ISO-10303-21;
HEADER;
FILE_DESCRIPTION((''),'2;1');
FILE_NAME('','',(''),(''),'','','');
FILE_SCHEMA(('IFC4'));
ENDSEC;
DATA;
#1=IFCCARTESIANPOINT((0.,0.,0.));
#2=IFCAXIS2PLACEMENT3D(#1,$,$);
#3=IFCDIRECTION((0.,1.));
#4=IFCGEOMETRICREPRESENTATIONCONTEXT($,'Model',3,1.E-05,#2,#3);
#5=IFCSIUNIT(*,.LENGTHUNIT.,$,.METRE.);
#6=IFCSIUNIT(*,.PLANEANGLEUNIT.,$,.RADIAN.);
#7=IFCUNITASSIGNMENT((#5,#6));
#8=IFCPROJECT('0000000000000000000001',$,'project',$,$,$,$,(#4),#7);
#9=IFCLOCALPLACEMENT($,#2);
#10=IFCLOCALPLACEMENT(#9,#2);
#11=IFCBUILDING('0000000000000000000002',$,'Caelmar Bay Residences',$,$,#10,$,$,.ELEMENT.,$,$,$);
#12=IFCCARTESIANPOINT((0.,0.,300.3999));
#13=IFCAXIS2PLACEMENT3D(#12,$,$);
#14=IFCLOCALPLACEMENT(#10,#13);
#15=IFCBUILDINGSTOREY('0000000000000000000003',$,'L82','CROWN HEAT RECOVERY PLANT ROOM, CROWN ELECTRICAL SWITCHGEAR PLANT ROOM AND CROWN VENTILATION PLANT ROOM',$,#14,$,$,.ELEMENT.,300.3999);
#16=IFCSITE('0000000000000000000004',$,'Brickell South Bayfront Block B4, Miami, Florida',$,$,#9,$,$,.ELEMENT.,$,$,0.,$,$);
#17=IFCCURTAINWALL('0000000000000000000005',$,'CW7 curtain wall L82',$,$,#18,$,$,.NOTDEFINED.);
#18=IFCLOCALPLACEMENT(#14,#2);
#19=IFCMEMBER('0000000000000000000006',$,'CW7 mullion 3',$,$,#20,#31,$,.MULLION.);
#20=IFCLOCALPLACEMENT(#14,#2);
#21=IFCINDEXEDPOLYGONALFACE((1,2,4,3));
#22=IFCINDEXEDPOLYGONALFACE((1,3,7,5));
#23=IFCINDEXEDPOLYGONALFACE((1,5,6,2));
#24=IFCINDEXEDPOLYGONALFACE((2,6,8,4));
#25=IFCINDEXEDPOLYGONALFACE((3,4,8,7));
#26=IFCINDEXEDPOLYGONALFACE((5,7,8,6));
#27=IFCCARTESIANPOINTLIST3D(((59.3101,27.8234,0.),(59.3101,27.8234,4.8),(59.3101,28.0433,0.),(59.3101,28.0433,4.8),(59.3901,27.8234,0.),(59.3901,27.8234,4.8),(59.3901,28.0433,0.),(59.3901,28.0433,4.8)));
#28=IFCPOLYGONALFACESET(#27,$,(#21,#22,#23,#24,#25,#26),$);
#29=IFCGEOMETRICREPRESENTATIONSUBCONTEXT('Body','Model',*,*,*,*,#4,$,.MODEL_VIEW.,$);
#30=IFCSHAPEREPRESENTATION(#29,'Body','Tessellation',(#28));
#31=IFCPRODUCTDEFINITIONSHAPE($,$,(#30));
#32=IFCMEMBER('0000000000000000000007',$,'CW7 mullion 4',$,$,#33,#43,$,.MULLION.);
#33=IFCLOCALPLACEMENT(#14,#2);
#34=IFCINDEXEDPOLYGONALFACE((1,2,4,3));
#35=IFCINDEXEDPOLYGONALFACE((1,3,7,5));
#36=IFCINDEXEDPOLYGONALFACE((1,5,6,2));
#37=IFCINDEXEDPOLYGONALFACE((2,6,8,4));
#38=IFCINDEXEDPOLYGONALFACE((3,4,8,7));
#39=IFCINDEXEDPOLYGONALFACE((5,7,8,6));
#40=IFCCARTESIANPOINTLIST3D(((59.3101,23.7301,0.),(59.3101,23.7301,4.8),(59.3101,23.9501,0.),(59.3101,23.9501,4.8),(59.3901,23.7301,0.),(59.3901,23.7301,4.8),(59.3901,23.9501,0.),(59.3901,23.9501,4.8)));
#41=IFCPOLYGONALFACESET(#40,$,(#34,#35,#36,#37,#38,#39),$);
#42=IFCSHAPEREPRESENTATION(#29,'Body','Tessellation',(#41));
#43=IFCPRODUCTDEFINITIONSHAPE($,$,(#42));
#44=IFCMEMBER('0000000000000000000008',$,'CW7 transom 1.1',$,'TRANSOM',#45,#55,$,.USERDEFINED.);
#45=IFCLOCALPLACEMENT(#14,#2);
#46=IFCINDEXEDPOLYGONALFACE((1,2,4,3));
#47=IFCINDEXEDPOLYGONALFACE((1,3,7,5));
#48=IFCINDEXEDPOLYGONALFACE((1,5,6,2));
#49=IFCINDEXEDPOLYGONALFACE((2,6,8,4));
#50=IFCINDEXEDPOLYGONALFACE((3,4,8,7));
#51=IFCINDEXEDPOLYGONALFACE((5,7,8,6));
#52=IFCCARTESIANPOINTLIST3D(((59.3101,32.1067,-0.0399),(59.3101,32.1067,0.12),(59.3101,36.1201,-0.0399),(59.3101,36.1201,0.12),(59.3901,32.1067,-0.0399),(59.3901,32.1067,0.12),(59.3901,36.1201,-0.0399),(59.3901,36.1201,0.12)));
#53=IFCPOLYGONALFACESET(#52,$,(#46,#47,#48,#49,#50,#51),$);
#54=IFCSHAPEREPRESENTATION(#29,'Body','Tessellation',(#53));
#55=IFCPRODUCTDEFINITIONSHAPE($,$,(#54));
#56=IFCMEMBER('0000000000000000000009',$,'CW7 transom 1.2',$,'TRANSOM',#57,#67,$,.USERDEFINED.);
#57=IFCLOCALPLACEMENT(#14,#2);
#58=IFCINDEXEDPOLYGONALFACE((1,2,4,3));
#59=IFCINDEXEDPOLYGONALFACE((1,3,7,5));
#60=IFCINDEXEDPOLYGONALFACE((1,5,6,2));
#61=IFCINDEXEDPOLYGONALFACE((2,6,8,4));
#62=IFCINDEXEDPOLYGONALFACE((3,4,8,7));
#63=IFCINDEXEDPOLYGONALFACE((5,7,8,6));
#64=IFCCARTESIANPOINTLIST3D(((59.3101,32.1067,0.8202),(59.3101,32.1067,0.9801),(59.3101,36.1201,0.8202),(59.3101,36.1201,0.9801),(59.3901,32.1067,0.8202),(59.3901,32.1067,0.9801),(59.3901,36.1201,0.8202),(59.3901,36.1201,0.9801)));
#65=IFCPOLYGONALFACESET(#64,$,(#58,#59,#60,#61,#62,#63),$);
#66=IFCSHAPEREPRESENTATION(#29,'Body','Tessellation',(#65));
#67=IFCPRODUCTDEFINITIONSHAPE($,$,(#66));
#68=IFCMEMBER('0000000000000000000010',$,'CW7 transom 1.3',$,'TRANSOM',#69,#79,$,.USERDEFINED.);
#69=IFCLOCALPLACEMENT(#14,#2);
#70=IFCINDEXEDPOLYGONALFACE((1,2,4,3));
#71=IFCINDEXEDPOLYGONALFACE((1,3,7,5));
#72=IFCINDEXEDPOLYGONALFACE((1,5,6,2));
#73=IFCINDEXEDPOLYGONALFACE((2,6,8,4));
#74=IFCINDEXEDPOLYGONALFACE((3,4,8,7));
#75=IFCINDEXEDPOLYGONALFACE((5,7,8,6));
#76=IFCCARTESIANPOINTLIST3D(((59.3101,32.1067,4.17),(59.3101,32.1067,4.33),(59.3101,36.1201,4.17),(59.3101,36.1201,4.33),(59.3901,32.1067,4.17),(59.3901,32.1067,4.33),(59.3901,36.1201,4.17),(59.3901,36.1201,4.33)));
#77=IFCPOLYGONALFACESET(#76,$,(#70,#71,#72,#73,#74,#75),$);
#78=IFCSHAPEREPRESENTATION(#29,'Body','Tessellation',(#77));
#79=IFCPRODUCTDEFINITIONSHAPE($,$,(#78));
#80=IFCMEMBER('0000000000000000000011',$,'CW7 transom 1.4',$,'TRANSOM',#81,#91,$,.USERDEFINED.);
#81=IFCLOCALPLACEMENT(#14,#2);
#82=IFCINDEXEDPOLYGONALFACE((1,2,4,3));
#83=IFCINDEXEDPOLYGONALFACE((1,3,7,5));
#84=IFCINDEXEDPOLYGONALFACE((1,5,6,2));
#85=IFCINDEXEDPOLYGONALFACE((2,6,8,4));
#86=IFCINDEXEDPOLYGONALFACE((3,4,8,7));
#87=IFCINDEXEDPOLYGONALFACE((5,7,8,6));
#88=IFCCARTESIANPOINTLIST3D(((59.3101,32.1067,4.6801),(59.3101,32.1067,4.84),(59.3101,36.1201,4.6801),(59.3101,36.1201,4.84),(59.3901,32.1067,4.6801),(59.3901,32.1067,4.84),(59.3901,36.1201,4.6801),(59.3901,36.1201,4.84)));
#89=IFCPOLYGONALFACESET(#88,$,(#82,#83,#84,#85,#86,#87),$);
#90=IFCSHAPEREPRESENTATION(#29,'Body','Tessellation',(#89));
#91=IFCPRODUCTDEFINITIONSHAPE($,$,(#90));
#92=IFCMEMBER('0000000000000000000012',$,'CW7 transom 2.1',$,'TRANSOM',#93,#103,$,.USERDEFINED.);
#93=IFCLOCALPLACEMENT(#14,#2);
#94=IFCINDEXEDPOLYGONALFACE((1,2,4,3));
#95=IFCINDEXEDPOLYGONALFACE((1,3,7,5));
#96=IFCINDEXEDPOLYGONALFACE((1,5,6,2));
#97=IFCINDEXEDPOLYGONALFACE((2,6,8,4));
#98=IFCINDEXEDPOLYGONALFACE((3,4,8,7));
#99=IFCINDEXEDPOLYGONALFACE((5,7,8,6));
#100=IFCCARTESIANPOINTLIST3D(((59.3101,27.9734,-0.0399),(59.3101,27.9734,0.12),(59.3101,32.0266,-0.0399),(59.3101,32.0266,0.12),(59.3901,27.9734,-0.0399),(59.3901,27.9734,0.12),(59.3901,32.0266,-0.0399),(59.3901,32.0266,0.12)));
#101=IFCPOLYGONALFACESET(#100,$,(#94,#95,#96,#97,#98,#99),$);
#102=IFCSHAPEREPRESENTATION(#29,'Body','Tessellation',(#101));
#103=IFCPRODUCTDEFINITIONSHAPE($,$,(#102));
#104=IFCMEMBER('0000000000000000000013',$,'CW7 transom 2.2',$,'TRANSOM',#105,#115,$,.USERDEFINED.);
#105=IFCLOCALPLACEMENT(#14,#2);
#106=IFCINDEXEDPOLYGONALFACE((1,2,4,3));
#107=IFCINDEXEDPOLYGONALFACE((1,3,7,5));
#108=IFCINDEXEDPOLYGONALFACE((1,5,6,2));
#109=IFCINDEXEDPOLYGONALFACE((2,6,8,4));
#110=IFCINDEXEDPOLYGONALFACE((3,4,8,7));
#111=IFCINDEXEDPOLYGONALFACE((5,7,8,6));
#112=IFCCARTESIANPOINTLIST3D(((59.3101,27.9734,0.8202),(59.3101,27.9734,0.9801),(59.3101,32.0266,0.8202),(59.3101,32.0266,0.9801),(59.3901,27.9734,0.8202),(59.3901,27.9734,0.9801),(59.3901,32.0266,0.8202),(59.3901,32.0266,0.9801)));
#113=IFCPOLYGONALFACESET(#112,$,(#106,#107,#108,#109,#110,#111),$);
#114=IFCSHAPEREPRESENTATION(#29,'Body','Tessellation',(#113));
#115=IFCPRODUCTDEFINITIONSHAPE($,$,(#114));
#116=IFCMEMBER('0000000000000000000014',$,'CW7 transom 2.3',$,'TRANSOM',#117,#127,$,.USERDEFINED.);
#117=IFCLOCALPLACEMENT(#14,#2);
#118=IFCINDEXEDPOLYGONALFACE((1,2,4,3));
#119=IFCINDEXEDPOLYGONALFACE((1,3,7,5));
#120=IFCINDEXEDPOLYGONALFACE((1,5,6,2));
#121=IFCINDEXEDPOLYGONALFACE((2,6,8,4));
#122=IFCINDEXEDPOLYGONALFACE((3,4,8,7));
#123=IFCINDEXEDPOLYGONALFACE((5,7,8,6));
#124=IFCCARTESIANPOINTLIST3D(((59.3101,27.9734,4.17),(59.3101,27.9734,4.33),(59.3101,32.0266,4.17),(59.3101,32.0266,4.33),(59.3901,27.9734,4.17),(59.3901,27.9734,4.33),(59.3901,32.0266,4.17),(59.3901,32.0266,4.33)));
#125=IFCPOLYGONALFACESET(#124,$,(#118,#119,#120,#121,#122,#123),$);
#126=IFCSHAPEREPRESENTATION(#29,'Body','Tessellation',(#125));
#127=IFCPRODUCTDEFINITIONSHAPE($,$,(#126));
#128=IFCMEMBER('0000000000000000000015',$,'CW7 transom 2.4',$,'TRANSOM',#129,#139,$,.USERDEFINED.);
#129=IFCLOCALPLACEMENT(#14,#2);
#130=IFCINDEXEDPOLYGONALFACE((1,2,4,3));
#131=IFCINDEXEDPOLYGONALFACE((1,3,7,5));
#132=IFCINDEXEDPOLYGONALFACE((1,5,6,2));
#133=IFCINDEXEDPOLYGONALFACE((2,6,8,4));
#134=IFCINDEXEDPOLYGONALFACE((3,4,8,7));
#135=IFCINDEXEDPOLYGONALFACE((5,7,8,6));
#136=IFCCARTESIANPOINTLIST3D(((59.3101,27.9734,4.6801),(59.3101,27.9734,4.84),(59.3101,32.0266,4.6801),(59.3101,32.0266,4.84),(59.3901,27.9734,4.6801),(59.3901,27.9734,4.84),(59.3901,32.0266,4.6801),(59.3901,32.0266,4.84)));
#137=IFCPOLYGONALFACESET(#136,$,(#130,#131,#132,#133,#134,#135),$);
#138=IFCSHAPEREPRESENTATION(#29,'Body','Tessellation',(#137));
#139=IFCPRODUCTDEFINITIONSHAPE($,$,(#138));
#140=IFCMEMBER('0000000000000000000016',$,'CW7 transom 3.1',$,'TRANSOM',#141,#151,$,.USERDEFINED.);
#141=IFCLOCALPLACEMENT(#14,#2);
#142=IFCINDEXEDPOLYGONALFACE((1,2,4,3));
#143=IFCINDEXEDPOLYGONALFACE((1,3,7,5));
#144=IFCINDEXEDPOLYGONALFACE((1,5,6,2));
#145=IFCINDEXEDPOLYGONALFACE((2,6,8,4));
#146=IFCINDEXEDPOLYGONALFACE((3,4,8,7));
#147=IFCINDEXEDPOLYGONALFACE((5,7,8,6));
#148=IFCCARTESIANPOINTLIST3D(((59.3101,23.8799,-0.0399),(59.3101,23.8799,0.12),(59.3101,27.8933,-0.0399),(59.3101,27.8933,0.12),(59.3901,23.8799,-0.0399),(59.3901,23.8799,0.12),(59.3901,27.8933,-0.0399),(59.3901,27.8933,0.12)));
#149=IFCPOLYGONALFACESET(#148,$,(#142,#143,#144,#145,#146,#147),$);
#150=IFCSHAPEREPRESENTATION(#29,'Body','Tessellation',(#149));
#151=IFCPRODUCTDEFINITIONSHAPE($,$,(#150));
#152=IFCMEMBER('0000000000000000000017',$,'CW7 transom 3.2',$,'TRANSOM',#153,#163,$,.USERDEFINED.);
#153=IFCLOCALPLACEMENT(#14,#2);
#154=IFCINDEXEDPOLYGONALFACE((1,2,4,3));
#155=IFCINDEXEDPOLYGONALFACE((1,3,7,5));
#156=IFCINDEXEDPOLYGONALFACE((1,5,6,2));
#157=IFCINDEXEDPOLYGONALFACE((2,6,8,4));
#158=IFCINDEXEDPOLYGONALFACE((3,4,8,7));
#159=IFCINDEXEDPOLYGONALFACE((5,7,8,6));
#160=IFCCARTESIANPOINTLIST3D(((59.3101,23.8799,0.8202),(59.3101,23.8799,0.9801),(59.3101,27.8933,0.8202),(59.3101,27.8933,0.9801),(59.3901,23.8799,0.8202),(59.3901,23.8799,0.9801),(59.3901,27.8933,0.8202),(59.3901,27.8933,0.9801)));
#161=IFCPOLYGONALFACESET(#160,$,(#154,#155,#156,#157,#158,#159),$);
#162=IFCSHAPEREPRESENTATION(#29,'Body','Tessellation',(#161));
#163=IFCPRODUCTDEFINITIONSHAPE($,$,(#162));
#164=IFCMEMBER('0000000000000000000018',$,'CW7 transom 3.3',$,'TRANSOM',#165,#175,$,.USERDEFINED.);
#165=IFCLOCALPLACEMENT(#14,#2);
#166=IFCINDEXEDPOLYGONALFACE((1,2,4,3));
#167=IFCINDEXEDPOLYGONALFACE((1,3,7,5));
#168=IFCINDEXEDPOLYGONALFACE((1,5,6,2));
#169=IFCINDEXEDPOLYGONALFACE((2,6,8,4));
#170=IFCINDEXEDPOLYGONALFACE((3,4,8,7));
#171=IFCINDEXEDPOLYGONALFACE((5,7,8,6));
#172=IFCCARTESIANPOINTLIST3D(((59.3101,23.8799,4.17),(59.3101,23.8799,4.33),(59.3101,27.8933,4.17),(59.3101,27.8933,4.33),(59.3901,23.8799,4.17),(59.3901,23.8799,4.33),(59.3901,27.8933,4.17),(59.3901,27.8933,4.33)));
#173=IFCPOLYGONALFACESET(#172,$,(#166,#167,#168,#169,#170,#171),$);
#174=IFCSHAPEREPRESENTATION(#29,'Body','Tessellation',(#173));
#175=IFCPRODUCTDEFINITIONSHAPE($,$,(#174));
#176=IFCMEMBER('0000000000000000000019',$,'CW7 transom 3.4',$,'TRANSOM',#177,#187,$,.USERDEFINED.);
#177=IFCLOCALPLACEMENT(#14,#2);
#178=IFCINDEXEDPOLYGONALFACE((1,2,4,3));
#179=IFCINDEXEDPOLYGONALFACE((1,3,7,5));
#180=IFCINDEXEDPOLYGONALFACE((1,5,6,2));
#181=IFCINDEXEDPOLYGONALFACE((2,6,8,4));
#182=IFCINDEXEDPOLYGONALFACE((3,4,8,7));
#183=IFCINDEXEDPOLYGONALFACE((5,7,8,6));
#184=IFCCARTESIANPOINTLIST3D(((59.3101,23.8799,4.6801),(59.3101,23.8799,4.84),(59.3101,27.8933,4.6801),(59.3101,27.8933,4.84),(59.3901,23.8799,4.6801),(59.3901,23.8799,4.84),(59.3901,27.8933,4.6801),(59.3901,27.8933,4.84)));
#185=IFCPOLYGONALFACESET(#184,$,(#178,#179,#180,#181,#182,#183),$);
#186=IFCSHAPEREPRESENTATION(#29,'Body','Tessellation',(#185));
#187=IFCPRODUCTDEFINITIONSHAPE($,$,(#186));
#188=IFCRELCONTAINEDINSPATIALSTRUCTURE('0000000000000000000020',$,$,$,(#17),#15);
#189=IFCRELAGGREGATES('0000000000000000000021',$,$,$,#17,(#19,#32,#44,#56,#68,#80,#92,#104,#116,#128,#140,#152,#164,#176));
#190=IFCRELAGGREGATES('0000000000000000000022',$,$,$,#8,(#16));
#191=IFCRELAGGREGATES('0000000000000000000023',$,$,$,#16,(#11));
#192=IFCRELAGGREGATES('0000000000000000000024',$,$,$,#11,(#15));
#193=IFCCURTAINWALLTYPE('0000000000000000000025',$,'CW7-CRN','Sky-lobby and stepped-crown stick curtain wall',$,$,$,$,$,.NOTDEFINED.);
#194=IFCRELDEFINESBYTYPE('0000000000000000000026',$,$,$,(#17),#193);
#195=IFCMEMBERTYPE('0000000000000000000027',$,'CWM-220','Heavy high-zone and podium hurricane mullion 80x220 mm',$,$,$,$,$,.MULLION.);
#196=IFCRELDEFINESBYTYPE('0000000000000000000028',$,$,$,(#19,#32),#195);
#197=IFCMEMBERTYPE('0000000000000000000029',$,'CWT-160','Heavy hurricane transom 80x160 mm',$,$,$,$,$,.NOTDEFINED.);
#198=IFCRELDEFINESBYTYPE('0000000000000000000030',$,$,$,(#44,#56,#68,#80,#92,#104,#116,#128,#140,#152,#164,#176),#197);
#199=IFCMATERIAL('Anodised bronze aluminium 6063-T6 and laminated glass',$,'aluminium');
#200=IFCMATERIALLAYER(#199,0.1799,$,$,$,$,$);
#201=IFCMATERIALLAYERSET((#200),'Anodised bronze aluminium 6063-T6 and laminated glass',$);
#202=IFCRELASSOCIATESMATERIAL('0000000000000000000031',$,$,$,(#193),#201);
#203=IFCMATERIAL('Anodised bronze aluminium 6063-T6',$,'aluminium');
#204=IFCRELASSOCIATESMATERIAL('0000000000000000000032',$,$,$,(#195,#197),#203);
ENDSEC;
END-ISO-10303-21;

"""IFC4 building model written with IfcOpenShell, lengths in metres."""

from ifc_helpers import new_model, si_unit, direction, frame, origin, origin_2d, place, context, subcontext, project, spatial, rectangle, extrude, material, layer, layer_set, material_profile, profile_set, type_object, element, aggregate, save


model = new_model("IFC4")

# Units and contexts
model_context = context("Model", 3, precision=1e-05, world=origin(), true_north=direction((0.0, 1.0)))
body_context = subcontext(model_context, "Body", "Model", "MODEL_VIEW")
ifc_project = project(units=[si_unit("LENGTHUNIT", "METRE"), si_unit("PLANEANGLEUNIT", "RADIAN")], contexts=[model_context])

# Site, building, storey
site_placement = place(None, origin())
site = spatial("IfcSite", under=ifc_project, at=site_placement, Name="Brickell South Bayfront Block B4, Miami, Florida", CompositionType="ELEMENT", RefElevation=0.0)
building_placement = place(site_placement, origin())
building = spatial("IfcBuilding", under=site, at=building_placement, Name="Caelmar Bay Residences", CompositionType="ELEMENT")
storey_placement = place(building_placement, frame((0.0, 0.0, 300.3999)))
storey = spatial("IfcBuildingStorey", under=building, at=storey_placement, Name="L82", Description="CROWN HEAT RECOVERY PLANT ROOM, CROWN ELECTRICAL SWITCHGEAR PLANT ROOM AND CROWN VENTILATION PLANT ROOM", CompositionType="ELEMENT", Elevation=300.3999)

# Curtain wall, members
ifc_material_1 = material(Name="Anodised bronze aluminium 6063-T6 and laminated glass", Category="aluminium")
ifc_layer_1 = layer(ifc_material_1, 0.1799)
ifc_layer_set_1 = layer_set([ifc_layer_1], Name="Anodised bronze aluminium 6063-T6 and laminated glass")
curtain_wall_type = type_object("IfcCurtainWallType", Name="CW7-CRN", Description="Sky-lobby and stepped-crown stick curtain wall", PredefinedType="NOTDEFINED", material=ifc_layer_set_1)
curtain_wall_placement = place(storey_placement, origin())
curtain_wall = element("IfcCurtainWall", 1, at=curtain_wall_placement, inside=storey, type_object=curtain_wall_type, Name="CW7 curtain wall L82", PredefinedType="NOTDEFINED")
ifc_material_2 = material(Name="Anodised bronze aluminium 6063-T6", Category="aluminium")
ifc_material_profile_1 = material_profile(ifc_material_2, rectangle(XDim=0.0801, YDim=0.22, at=origin_2d()), Name="CWM-80X220")
ifc_profile_set_1 = profile_set([ifc_material_profile_1], Name="Anodised bronze aluminium 6063-T6")
member_type_1 = type_object("IfcMemberType", Name="CWM-220", Description="Heavy high-zone and podium hurricane mullion 80x220 mm", PredefinedType="MULLION", material=ifc_profile_set_1)
member_1_placement = place(storey_placement, frame((59.3501, 27.9333, 0.0), z_axis=(0.0, 0.0, 1.0), x_axis=(1.0, 0.0, 0.0)))
member_1 = element("IfcMember", 2, at=member_1_placement, type_object=member_type_1, Name="CW7 mullion 3", PredefinedType="MULLION", context=body_context, shape_type="SweptSolid", body=[
    extrude(rectangle(XDim=0.0801, YDim=0.22, at=origin_2d()), origin(), (0.0, 0.0, 1.0), 4.8),
])
member_2_placement = place(storey_placement, frame((59.3501, 23.8401, 0.0), z_axis=(0.0, 0.0, 1.0), x_axis=(1.0, 0.0, 0.0)))
member_2 = element("IfcMember", 3, at=member_2_placement, type_object=member_type_1, Name="CW7 mullion 4", PredefinedType="MULLION", context=body_context, shape_type="SweptSolid", body=[
    extrude(rectangle(XDim=0.0801, YDim=0.22, at=origin_2d()), origin(), (0.0, 0.0, 1.0), 4.8),
])
ifc_material_profile_2 = material_profile(ifc_material_2, rectangle(XDim=0.0801, YDim=0.1599, at=origin_2d()), Name="CWT-80X160")
ifc_profile_set_2 = profile_set([ifc_material_profile_2], Name="Anodised bronze aluminium 6063-T6")
member_type_2 = type_object("IfcMemberType", Name="CWT-160", Description="Heavy hurricane transom 80x160 mm", PredefinedType="NOTDEFINED", material=ifc_profile_set_2)
member_3_placement = place(storey_placement, frame((59.3501, 36.1201, 0.04), z_axis=(0.0, -1.0, 0.0), x_axis=(1.0, 0.0, 0.0)))
member_3 = element("IfcMember", 4, at=member_3_placement, type_object=member_type_2, Name="CW7 transom 1.1", ObjectType="TRANSOM", PredefinedType="USERDEFINED", context=body_context, shape_type="SweptSolid", body=[
    extrude(rectangle(XDim=0.0801, YDim=0.1599, at=origin_2d()), origin(), (0.0, 0.0, 1.0), 4.0134),
])
member_4_placement = place(storey_placement, frame((59.3501, 36.1201, 0.9001), z_axis=(0.0, -1.0, 0.0), x_axis=(1.0, 0.0, 0.0)))
member_4 = element("IfcMember", 5, at=member_4_placement, type_object=member_type_2, Name="CW7 transom 1.2", ObjectType="TRANSOM", PredefinedType="USERDEFINED", context=body_context, shape_type="SweptSolid", body=[
    extrude(rectangle(XDim=0.0801, YDim=0.1599, at=origin_2d()), origin(), (0.0, 0.0, 1.0), 4.0134),
])
member_5_placement = place(storey_placement, frame((59.3501, 36.1201, 4.25), z_axis=(0.0, -1.0, 0.0), x_axis=(1.0, 0.0, 0.0)))
member_5 = element("IfcMember", 6, at=member_5_placement, type_object=member_type_2, Name="CW7 transom 1.3", ObjectType="TRANSOM", PredefinedType="USERDEFINED", context=body_context, shape_type="SweptSolid", body=[
    extrude(rectangle(XDim=0.0801, YDim=0.1599, at=origin_2d()), origin(), (0.0, 0.0, 1.0), 4.0134),
])
member_6_placement = place(storey_placement, frame((59.3501, 36.1201, 4.76), z_axis=(0.0, -1.0, 0.0), x_axis=(1.0, 0.0, 0.0)))
member_6 = element("IfcMember", 7, at=member_6_placement, type_object=member_type_2, Name="CW7 transom 1.4", ObjectType="TRANSOM", PredefinedType="USERDEFINED", context=body_context, shape_type="SweptSolid", body=[
    extrude(rectangle(XDim=0.0801, YDim=0.1599, at=origin_2d()), origin(), (0.0, 0.0, 1.0), 4.0134),
])
member_7_placement = place(storey_placement, frame((59.3501, 32.0266, 0.04), z_axis=(0.0, -1.0, 0.0), x_axis=(1.0, 0.0, 0.0)))
member_7 = element("IfcMember", 8, at=member_7_placement, type_object=member_type_2, Name="CW7 transom 2.1", ObjectType="TRANSOM", PredefinedType="USERDEFINED", context=body_context, shape_type="SweptSolid", body=[
    extrude(rectangle(XDim=0.0801, YDim=0.1599, at=origin_2d()), origin(), (0.0, 0.0, 1.0), 4.0532),
])
member_8_placement = place(storey_placement, frame((59.3501, 32.0266, 0.9001), z_axis=(0.0, -1.0, 0.0), x_axis=(1.0, 0.0, 0.0)))
member_8 = element("IfcMember", 9, at=member_8_placement, type_object=member_type_2, Name="CW7 transom 2.2", ObjectType="TRANSOM", PredefinedType="USERDEFINED", context=body_context, shape_type="SweptSolid", body=[
    extrude(rectangle(XDim=0.0801, YDim=0.1599, at=origin_2d()), origin(), (0.0, 0.0, 1.0), 4.0532),
])
member_9_placement = place(storey_placement, frame((59.3501, 32.0266, 4.25), z_axis=(0.0, -1.0, 0.0), x_axis=(1.0, 0.0, 0.0)))
member_9 = element("IfcMember", 10, at=member_9_placement, type_object=member_type_2, Name="CW7 transom 2.3", ObjectType="TRANSOM", PredefinedType="USERDEFINED", context=body_context, shape_type="SweptSolid", body=[
    extrude(rectangle(XDim=0.0801, YDim=0.1599, at=origin_2d()), origin(), (0.0, 0.0, 1.0), 4.0532),
])
member_10_placement = place(storey_placement, frame((59.3501, 32.0266, 4.76), z_axis=(0.0, -1.0, 0.0), x_axis=(1.0, 0.0, 0.0)))
member_10 = element("IfcMember", 11, at=member_10_placement, type_object=member_type_2, Name="CW7 transom 2.4", ObjectType="TRANSOM", PredefinedType="USERDEFINED", context=body_context, shape_type="SweptSolid", body=[
    extrude(rectangle(XDim=0.0801, YDim=0.1599, at=origin_2d()), origin(), (0.0, 0.0, 1.0), 4.0532),
])
member_11_placement = place(storey_placement, frame((59.3501, 27.8933, 0.04), z_axis=(0.0, -1.0, 0.0), x_axis=(1.0, 0.0, 0.0)))
member_11 = element("IfcMember", 12, at=member_11_placement, type_object=member_type_2, Name="CW7 transom 3.1", ObjectType="TRANSOM", PredefinedType="USERDEFINED", context=body_context, shape_type="SweptSolid", body=[
    extrude(rectangle(XDim=0.0801, YDim=0.1599, at=origin_2d()), origin(), (0.0, 0.0, 1.0), 4.0134),
])
member_12_placement = place(storey_placement, frame((59.3501, 27.8933, 0.9001), z_axis=(0.0, -1.0, 0.0), x_axis=(1.0, 0.0, 0.0)))
member_12 = element("IfcMember", 13, at=member_12_placement, type_object=member_type_2, Name="CW7 transom 3.2", ObjectType="TRANSOM", PredefinedType="USERDEFINED", context=body_context, shape_type="SweptSolid", body=[
    extrude(rectangle(XDim=0.0801, YDim=0.1599, at=origin_2d()), origin(), (0.0, 0.0, 1.0), 4.0134),
])
member_13_placement = place(storey_placement, frame((59.3501, 27.8933, 4.25), z_axis=(0.0, -1.0, 0.0), x_axis=(1.0, 0.0, 0.0)))
member_13 = element("IfcMember", 14, at=member_13_placement, type_object=member_type_2, Name="CW7 transom 3.3", ObjectType="TRANSOM", PredefinedType="USERDEFINED", context=body_context, shape_type="SweptSolid", body=[
    extrude(rectangle(XDim=0.0801, YDim=0.1599, at=origin_2d()), origin(), (0.0, 0.0, 1.0), 4.0134),
])
member_14_placement = place(storey_placement, frame((59.3501, 27.8933, 4.76), z_axis=(0.0, -1.0, 0.0), x_axis=(1.0, 0.0, 0.0)))
member_14 = element("IfcMember", 15, at=member_14_placement, type_object=member_type_2, Name="CW7 transom 3.4", ObjectType="TRANSOM", PredefinedType="USERDEFINED", context=body_context, shape_type="SweptSolid", body=[
    extrude(rectangle(XDim=0.0801, YDim=0.1599, at=origin_2d()), origin(), (0.0, 0.0, 1.0), 4.0134),
])
aggregate(curtain_wall, [member_1, member_2, member_3, member_4, member_5, member_6, member_7, member_8, member_9, member_10, member_11, member_12, member_13, member_14])

save(model, "model.ifc")
